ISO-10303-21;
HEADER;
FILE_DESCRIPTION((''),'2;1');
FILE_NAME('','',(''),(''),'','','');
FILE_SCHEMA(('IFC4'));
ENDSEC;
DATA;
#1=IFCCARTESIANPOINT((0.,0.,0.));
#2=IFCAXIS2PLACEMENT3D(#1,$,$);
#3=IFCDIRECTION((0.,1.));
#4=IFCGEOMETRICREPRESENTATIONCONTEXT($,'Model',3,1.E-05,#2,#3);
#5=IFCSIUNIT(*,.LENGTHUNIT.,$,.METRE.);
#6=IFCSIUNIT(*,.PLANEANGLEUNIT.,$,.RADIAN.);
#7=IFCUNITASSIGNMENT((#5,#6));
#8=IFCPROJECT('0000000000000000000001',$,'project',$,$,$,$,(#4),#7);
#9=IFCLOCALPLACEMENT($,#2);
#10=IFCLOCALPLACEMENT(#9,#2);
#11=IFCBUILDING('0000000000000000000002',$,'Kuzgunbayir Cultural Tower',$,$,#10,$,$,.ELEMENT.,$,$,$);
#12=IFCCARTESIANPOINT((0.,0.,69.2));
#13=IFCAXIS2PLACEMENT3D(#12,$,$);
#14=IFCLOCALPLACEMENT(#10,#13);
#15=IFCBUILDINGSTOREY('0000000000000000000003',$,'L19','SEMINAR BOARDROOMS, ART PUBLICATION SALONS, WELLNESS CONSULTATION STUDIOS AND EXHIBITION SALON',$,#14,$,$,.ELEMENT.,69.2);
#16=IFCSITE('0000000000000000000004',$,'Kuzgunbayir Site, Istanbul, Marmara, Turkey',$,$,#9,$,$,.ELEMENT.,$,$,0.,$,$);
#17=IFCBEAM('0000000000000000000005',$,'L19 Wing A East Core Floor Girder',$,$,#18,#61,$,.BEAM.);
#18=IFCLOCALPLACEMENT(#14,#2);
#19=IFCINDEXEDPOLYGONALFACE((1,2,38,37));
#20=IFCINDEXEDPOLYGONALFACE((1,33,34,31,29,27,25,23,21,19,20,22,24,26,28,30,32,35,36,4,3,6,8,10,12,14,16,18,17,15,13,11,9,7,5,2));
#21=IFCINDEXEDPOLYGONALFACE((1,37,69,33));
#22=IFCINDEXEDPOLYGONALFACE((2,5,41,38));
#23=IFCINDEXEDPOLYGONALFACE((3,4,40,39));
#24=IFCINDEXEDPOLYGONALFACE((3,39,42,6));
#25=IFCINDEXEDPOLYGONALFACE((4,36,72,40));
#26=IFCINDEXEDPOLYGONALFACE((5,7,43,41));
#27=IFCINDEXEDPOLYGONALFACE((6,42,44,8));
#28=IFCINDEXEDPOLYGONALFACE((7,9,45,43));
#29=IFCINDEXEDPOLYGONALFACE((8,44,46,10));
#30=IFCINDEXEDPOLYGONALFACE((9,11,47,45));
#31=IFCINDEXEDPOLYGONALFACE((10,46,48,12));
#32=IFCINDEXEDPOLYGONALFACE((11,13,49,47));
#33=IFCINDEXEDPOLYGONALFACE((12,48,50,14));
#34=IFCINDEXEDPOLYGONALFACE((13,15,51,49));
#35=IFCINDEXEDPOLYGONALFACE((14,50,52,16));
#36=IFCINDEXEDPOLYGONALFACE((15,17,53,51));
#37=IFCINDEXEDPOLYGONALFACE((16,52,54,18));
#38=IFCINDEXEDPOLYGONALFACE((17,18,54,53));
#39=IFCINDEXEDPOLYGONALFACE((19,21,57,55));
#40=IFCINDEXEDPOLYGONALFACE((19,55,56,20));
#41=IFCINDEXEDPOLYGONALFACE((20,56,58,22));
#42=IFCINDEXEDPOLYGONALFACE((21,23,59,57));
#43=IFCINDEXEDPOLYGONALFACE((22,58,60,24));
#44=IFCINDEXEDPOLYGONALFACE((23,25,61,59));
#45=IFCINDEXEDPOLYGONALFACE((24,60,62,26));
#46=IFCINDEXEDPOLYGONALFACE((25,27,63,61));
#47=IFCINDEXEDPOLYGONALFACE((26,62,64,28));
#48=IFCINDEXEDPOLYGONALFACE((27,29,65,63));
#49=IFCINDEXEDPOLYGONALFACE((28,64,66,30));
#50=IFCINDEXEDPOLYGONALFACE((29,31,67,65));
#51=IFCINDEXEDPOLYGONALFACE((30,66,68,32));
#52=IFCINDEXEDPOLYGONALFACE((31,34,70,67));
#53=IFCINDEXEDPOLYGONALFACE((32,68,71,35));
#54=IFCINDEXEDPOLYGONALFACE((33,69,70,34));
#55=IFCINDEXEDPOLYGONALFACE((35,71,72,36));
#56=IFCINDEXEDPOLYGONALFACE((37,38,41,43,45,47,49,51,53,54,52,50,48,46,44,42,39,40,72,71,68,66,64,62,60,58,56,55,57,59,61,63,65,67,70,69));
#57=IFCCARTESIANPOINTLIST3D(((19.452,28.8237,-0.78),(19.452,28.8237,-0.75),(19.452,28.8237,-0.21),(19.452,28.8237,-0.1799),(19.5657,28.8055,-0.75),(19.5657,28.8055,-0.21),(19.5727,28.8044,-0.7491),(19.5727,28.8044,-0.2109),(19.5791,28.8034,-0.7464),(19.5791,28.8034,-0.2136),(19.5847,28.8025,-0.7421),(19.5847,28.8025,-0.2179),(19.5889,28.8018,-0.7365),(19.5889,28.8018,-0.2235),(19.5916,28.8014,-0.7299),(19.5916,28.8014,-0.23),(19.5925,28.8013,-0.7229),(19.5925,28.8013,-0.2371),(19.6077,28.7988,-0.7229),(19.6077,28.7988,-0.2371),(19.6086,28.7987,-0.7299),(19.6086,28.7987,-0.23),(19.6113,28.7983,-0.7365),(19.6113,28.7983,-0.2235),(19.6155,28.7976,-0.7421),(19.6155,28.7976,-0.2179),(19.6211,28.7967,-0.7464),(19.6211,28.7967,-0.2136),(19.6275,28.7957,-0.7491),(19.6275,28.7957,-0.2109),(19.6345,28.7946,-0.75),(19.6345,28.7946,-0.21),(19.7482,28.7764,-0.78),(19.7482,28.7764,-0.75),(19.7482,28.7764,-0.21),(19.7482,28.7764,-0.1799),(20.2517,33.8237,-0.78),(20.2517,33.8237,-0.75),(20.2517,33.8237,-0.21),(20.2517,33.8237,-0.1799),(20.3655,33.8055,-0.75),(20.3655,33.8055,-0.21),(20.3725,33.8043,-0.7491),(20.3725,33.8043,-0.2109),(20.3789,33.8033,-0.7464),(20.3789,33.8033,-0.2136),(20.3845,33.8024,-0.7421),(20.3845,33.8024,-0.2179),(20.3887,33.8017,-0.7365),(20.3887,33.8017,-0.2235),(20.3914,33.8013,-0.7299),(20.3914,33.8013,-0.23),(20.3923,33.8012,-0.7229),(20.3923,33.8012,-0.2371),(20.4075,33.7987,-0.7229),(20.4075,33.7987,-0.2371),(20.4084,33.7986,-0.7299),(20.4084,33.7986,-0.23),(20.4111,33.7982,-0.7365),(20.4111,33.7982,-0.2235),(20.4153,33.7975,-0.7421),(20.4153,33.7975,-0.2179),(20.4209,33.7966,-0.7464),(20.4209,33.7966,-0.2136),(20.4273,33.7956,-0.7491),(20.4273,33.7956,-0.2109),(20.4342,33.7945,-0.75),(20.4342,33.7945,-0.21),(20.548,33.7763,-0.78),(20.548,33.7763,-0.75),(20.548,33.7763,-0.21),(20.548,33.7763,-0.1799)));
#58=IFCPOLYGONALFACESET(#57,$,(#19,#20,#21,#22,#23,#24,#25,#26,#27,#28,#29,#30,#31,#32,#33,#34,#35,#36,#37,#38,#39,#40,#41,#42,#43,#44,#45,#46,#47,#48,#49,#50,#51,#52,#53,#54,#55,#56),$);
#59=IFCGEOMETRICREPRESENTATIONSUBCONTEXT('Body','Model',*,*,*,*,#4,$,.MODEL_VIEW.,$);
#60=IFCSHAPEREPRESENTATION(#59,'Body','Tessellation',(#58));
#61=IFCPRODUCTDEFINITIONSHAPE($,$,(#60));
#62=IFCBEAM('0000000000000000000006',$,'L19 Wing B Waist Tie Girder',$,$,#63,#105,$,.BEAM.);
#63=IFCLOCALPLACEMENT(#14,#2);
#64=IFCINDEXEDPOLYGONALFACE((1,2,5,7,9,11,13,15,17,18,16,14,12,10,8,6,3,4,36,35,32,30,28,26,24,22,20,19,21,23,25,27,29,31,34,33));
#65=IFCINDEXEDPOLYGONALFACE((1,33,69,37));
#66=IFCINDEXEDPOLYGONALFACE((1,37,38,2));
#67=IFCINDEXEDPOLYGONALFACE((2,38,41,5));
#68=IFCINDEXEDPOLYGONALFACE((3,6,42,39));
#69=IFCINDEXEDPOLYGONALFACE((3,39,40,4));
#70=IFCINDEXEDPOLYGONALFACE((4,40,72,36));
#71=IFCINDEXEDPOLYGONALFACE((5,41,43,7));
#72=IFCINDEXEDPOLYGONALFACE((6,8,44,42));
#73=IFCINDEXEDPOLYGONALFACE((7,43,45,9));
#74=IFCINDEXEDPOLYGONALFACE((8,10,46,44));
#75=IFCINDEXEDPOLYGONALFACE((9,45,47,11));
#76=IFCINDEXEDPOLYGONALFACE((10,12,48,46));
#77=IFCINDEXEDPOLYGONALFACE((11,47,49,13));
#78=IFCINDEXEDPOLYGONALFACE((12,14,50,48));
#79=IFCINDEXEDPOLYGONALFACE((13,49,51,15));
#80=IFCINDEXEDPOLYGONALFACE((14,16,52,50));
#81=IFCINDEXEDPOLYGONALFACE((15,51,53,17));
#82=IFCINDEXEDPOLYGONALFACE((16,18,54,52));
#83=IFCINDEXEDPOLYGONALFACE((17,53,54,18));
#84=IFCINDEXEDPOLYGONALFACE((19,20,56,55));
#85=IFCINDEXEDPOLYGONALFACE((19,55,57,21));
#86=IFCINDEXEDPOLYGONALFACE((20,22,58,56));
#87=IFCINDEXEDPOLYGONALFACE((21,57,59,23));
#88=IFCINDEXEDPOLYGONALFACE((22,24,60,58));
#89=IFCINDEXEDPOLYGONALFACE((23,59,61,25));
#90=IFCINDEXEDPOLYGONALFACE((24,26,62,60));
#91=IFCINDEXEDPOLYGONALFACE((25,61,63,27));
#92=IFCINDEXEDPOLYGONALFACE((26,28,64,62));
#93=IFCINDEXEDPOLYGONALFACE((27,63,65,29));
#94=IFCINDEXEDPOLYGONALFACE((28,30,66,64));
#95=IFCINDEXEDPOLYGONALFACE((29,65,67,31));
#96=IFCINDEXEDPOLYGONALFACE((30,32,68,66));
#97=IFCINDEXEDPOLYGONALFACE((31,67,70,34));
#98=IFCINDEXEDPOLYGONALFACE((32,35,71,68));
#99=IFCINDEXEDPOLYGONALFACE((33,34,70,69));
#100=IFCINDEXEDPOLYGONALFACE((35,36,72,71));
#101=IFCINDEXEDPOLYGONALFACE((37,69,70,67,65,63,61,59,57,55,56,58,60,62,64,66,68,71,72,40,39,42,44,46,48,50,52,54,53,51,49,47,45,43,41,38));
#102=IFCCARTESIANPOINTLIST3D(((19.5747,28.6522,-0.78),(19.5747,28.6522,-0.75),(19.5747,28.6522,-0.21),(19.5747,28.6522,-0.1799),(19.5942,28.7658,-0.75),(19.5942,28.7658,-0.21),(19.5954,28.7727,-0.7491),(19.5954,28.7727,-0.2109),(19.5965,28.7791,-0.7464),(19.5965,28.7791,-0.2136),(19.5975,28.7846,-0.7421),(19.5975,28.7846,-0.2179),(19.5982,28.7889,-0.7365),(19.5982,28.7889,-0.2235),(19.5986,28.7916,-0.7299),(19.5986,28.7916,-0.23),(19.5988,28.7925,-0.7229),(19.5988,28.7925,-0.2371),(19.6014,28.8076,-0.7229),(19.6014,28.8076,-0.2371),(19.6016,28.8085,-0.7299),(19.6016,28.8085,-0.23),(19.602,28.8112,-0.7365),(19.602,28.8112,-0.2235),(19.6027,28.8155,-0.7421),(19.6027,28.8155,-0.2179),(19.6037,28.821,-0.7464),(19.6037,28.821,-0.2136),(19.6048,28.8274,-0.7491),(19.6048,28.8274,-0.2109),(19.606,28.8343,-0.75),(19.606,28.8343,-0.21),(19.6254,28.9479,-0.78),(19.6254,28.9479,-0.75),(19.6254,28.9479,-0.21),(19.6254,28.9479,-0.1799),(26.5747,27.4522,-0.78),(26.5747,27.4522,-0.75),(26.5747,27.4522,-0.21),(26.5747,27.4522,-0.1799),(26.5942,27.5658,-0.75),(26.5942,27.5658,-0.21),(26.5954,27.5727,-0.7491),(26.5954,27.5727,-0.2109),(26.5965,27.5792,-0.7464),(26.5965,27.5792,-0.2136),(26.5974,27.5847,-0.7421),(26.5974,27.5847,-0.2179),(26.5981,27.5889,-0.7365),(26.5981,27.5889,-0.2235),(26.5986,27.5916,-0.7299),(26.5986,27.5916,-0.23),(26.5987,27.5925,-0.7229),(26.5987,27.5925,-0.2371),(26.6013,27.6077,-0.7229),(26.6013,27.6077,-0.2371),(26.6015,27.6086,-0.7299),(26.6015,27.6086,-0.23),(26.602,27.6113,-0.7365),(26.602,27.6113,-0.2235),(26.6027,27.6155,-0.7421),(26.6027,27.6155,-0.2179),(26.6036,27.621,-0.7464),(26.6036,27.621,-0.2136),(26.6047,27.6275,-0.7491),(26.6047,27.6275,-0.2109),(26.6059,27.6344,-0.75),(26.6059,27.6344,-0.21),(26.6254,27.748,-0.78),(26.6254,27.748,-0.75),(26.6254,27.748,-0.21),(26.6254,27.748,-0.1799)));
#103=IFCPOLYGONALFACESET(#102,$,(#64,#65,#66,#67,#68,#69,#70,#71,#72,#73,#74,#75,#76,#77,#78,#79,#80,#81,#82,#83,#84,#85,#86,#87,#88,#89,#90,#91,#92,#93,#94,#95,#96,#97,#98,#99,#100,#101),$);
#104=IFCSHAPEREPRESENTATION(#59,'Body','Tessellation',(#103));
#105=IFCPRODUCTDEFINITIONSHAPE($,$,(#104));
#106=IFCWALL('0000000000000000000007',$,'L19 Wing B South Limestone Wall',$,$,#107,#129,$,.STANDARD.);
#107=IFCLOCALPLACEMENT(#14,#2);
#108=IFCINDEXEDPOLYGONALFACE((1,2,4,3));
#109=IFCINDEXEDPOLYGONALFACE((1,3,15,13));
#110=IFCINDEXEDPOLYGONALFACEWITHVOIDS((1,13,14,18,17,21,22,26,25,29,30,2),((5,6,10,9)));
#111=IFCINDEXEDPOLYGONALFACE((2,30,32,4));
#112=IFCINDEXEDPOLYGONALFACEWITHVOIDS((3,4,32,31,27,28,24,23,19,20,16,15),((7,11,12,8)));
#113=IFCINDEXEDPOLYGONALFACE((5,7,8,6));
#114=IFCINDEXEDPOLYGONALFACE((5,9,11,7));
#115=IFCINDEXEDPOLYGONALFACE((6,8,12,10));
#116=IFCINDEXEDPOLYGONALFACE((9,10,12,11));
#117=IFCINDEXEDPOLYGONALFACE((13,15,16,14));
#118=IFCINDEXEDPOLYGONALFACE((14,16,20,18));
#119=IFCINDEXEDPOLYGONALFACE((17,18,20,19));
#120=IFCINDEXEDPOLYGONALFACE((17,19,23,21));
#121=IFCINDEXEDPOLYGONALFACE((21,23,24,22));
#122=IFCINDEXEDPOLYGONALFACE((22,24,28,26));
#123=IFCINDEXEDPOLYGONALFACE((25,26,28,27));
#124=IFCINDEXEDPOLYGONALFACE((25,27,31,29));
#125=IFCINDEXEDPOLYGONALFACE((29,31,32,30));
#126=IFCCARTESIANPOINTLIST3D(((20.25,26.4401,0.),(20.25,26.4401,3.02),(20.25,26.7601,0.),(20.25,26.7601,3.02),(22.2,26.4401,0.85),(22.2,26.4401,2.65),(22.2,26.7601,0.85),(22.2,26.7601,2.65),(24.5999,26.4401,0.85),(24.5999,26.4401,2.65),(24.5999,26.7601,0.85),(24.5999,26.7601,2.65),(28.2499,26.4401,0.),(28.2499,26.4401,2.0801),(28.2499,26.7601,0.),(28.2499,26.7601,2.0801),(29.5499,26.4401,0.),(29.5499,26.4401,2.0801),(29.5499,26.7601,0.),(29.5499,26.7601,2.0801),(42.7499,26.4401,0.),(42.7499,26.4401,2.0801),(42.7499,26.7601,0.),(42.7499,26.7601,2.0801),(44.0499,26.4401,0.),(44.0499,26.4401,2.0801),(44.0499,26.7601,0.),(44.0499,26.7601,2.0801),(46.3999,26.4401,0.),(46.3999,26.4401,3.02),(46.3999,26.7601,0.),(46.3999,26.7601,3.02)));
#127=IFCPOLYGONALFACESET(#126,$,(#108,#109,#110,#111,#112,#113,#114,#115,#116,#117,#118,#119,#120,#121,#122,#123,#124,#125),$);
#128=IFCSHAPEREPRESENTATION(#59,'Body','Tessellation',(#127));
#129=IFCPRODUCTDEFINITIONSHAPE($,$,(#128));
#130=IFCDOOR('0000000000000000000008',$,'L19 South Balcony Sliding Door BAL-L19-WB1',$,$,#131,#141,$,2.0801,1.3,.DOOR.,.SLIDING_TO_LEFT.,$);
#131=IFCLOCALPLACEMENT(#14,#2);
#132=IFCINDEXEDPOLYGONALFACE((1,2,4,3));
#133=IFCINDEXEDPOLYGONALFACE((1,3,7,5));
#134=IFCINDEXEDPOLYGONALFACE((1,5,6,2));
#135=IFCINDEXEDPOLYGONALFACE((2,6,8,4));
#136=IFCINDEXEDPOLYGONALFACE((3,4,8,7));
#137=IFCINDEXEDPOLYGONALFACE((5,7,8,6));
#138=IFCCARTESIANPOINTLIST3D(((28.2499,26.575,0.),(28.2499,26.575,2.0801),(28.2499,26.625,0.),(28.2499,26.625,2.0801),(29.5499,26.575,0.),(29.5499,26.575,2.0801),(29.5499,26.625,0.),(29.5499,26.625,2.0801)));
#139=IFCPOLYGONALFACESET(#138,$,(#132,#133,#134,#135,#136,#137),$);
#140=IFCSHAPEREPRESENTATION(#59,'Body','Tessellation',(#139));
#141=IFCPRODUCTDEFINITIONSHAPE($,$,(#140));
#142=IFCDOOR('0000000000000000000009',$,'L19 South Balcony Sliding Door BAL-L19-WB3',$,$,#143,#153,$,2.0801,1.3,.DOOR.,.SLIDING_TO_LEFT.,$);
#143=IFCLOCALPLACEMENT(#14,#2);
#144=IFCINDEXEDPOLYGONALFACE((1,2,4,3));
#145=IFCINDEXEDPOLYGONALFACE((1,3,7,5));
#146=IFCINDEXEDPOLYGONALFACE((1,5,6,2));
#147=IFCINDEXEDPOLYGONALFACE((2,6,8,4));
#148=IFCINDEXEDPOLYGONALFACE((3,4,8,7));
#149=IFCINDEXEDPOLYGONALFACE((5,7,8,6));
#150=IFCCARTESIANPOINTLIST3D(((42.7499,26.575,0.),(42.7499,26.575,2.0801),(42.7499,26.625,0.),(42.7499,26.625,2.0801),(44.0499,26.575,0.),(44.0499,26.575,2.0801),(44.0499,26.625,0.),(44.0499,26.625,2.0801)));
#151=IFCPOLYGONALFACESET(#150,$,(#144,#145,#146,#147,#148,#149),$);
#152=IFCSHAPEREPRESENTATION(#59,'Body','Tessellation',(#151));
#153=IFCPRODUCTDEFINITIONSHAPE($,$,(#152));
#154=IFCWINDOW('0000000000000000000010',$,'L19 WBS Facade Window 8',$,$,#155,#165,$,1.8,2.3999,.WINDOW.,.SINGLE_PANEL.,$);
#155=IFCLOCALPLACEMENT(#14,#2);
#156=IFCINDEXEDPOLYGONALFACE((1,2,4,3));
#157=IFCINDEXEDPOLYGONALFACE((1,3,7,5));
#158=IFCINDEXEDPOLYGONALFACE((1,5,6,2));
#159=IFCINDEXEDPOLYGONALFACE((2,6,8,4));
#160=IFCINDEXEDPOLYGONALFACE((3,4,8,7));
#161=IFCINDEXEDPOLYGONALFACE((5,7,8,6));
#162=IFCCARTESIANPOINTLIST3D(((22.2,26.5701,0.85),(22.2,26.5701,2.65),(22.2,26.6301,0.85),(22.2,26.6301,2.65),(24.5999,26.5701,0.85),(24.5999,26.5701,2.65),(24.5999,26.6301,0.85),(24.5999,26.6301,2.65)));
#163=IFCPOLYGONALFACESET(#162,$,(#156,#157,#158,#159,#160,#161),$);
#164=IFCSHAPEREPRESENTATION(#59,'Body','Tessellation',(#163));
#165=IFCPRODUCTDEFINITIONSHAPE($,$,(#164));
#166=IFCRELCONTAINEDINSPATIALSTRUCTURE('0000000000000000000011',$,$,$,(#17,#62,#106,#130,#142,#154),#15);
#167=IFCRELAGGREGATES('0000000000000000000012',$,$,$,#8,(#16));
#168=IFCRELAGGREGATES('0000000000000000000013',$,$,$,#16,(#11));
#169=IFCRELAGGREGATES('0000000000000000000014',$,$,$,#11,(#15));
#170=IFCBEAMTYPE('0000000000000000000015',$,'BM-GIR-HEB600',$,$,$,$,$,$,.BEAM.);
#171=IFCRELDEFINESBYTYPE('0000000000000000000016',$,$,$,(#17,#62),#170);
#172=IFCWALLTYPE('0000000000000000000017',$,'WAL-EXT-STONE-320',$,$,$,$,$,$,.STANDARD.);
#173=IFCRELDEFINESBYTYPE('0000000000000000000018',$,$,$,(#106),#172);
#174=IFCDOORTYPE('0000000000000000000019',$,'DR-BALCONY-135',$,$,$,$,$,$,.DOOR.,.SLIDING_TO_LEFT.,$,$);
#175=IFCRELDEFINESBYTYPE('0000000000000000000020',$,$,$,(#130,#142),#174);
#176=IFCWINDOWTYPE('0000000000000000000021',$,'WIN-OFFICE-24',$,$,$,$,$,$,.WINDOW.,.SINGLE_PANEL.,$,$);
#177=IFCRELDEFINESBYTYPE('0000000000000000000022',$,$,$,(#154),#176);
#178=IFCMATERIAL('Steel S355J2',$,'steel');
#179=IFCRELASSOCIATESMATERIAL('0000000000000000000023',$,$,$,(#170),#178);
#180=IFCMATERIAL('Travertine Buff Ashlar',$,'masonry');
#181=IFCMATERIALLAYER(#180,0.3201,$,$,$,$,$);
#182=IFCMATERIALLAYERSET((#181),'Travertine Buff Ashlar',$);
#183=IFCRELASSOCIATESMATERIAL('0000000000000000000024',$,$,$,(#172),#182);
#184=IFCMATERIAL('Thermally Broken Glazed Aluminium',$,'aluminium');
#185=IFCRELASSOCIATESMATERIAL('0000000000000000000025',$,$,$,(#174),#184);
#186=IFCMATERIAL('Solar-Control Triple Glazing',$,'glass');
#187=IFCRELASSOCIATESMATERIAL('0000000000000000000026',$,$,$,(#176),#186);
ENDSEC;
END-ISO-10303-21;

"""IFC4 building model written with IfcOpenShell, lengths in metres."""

from ifc_helpers import new_model, si_unit, direction, frame, frame_2d, origin, origin_2d, place, context, subcontext, project, spatial, rectangle, i_section, extrude, material, layer, layer_set, material_profile, profile_set, type_object, element, fill, save


model = new_model("IFC4")

# Units and contexts
model_context = context("Model", 3, precision=1e-05, world=origin(), true_north=direction((0.0, 1.0)))
body_context = subcontext(model_context, "Body", "Model", "MODEL_VIEW")
ifc_project = project(units=[si_unit("LENGTHUNIT", "METRE"), si_unit("PLANEANGLEUNIT", "RADIAN")], contexts=[model_context])

# Site, building, storey
site_placement = place(None, origin())
site = spatial("IfcSite", under=ifc_project, at=site_placement, Name="Kuzgunbayir Site, Istanbul, Marmara, Turkey", CompositionType="ELEMENT", RefElevation=0.0)
building_placement = place(site_placement, origin())
building = spatial("IfcBuilding", under=site, at=building_placement, Name="Kuzgunbayir Cultural Tower", CompositionType="ELEMENT")
storey_placement = place(building_placement, frame((0.0, 0.0, 69.2)))
storey = spatial("IfcBuildingStorey", under=building, at=storey_placement, Name="L19", Description="SEMINAR BOARDROOMS, ART PUBLICATION SALONS, WELLNESS CONSULTATION STUDIOS AND EXHIBITION SALON", CompositionType="ELEMENT", Elevation=69.2)

# Beams
ifc_material_1 = material(Name="Steel S355J2", Category="steel")
ifc_material_profile_1 = material_profile(ifc_material_1, i_section(OverallWidth=0.3, OverallDepth=0.6001, WebThickness=0.0154, FlangeThickness=0.03, FilletRadius=0.0271, at=origin_2d()), Name="HEB 600")
ifc_profile_set_1 = profile_set([ifc_material_profile_1], Name="Steel S355J2")
beam_type_1 = type_object("IfcBeamType", Name="BM-GIR-HEB600", PredefinedType="BEAM", material=ifc_profile_set_1)
beam_1_placement = place(storey_placement, frame((19.6001, 28.8, -0.48), z_axis=(0.157953, 0.987447, 0.0), x_axis=(-0.987447, 0.157953, 0.0)))
element("IfcBeam", 1, at=beam_1_placement, inside=storey, type_object=beam_type_1, Name="L19 Wing A East Core Floor Girder", PredefinedType="BEAM", context=body_context, shape_type="SweptSolid", body=[
    extrude(i_section(OverallWidth=0.3, OverallDepth=0.6001, WebThickness=0.0154, FlangeThickness=0.03, FilletRadius=0.0271, at=origin_2d()), origin(), (0.0, 0.0, 1.0), 5.0635),
])
beam_2_placement = place(storey_placement, frame((19.6001, 28.8, -0.48), z_axis=(0.985623, -0.168957, 0.0), x_axis=(0.168957, 0.985623, 0.0)))
element("IfcBeam", 2, at=beam_2_placement, inside=storey, type_object=beam_type_1, Name="L19 Wing B Waist Tie Girder", PredefinedType="BEAM", context=body_context, shape_type="SweptSolid", body=[
    extrude(i_section(OverallWidth=0.3, OverallDepth=0.6001, WebThickness=0.0154, FlangeThickness=0.03, FilletRadius=0.0271, at=origin_2d()), origin(), (0.0, 0.0, 1.0), 7.1021),
])

# Wall, openings, doors, window
ifc_material_2 = material(Name="Travertine Buff Ashlar", Category="masonry")
ifc_layer_1 = layer(ifc_material_2, 0.3201)
ifc_layer_set_1 = layer_set([ifc_layer_1], Name="Travertine Buff Ashlar")
wall_type_1 = type_object("IfcWallType", Name="WAL-EXT-STONE-320", PredefinedType="STANDARD", material=ifc_layer_set_1)
wall_1_placement = place(storey_placement, frame((20.25, 26.6001, 0.0), z_axis=(0.0, 0.0, 1.0), x_axis=(1.0, 0.0, 0.0)))
wall_1 = element("IfcWall", 3, at=wall_1_placement, inside=storey, type_object=wall_type_1, Name="L19 Wing B South Limestone Wall", PredefinedType="STANDARD", context=body_context, shape_type="SweptSolid", body=[
    extrude(rectangle(XDim=26.1499, YDim=0.3201, at=frame_2d((13.075, 0.0))), origin(), (0.0, 0.0, 1.0), 3.02),
])
opening_1_placement = place(wall_1_placement, frame((8.0, 0.0, 0.0)))
opening_1 = element("IfcOpeningElement", 4, at=opening_1_placement, cuts=wall_1, PredefinedType="OPENING", context=body_context, shape_type="SweptSolid", body=[
    extrude(rectangle(XDim=1.3, YDim=2.0801, at=frame_2d((0.6499, 1.04))), frame((0.0, 0.1699, 0.0), z_axis=(0.0, -1.0, 0.0), x_axis=(1.0, 0.0, 0.0)), (0.0, 0.0, 1.0), 0.3401),
])
opening_2_placement = place(wall_1_placement, frame((22.5, 0.0, 0.0)))
opening_2 = element("IfcOpeningElement", 5, at=opening_2_placement, cuts=wall_1, PredefinedType="OPENING", context=body_context, shape_type="SweptSolid", body=[
    extrude(rectangle(XDim=1.3, YDim=2.0801, at=frame_2d((0.6499, 1.04))), frame((0.0, 0.1699, 0.0), z_axis=(0.0, -1.0, 0.0), x_axis=(1.0, 0.0, 0.0)), (0.0, 0.0, 1.0), 0.3401),
])
opening_3_placement = place(wall_1_placement, frame((1.95, 0.0, 0.8501)))
opening_3 = element("IfcOpeningElement", 6, at=opening_3_placement, cuts=wall_1, PredefinedType="OPENING", context=body_context, shape_type="SweptSolid", body=[
    extrude(rectangle(XDim=2.3999, YDim=1.8, at=frame_2d((1.2, 0.8999))), frame((0.0, 0.1699, 0.0), z_axis=(0.0, -1.0, 0.0), x_axis=(1.0, 0.0, 0.0)), (0.0, 0.0, 1.0), 0.3401),
])
ifc_material_3 = material(Name="Thermally Broken Glazed Aluminium", Category="aluminium")
door_type_1 = type_object("IfcDoorType", Name="DR-BALCONY-135", OperationType="SLIDING_TO_LEFT", PredefinedType="DOOR", material=ifc_material_3)
door_1_placement = place(opening_1_placement, origin())
door_1 = element("IfcDoor", 7, at=door_1_placement, inside=storey, type_object=door_type_1, Name="L19 South Balcony Sliding Door BAL-L19-WB1", OperationType="SLIDING_TO_LEFT", OverallHeight=2.0801, OverallWidth=1.3, PredefinedType="DOOR", context=body_context, shape_type="SweptSolid", body=[
    extrude(rectangle(XDim=1.3, YDim=2.0801, at=frame_2d((0.6499, 1.04))), frame((0.0, 0.0249, 0.0), z_axis=(0.0, -1.0, 0.0), x_axis=(1.0, 0.0, 0.0)), (0.0, 0.0, 1.0), 0.05),
])
fill(opening_1, door_1)
door_2_placement = place(opening_2_placement, origin())
door_2 = element("IfcDoor", 8, at=door_2_placement, inside=storey, type_object=door_type_1, Name="L19 South Balcony Sliding Door BAL-L19-WB3", OperationType="SLIDING_TO_LEFT", OverallHeight=2.0801, OverallWidth=1.3, PredefinedType="DOOR", context=body_context, shape_type="SweptSolid", body=[
    extrude(rectangle(XDim=1.3, YDim=2.0801, at=frame_2d((0.6499, 1.04))), frame((0.0, 0.0249, 0.0), z_axis=(0.0, -1.0, 0.0), x_axis=(1.0, 0.0, 0.0)), (0.0, 0.0, 1.0), 0.05),
])
fill(opening_2, door_2)
ifc_material_4 = material(Name="Solar-Control Triple Glazing", Category="glass")
window_type = type_object("IfcWindowType", Name="WIN-OFFICE-24", PartitioningType="SINGLE_PANEL", PredefinedType="WINDOW", material=ifc_material_4)
window_placement = place(opening_3_placement, origin())
window = element("IfcWindow", 9, at=window_placement, inside=storey, type_object=window_type, Name="L19 WBS Facade Window 8", OverallHeight=1.8, OverallWidth=2.3999, PartitioningType="SINGLE_PANEL", PredefinedType="WINDOW", context=body_context, shape_type="SweptSolid", body=[
    extrude(rectangle(XDim=2.3999, YDim=1.8, at=frame_2d((1.2, 0.8999))), frame((0.0, 0.03, 0.0), z_axis=(0.0, -1.0, 0.0), x_axis=(1.0, 0.0, 0.0)), (0.0, 0.0, 1.0), 0.0601),
])
fill(opening_3, window)

save(model, "model.ifc")
